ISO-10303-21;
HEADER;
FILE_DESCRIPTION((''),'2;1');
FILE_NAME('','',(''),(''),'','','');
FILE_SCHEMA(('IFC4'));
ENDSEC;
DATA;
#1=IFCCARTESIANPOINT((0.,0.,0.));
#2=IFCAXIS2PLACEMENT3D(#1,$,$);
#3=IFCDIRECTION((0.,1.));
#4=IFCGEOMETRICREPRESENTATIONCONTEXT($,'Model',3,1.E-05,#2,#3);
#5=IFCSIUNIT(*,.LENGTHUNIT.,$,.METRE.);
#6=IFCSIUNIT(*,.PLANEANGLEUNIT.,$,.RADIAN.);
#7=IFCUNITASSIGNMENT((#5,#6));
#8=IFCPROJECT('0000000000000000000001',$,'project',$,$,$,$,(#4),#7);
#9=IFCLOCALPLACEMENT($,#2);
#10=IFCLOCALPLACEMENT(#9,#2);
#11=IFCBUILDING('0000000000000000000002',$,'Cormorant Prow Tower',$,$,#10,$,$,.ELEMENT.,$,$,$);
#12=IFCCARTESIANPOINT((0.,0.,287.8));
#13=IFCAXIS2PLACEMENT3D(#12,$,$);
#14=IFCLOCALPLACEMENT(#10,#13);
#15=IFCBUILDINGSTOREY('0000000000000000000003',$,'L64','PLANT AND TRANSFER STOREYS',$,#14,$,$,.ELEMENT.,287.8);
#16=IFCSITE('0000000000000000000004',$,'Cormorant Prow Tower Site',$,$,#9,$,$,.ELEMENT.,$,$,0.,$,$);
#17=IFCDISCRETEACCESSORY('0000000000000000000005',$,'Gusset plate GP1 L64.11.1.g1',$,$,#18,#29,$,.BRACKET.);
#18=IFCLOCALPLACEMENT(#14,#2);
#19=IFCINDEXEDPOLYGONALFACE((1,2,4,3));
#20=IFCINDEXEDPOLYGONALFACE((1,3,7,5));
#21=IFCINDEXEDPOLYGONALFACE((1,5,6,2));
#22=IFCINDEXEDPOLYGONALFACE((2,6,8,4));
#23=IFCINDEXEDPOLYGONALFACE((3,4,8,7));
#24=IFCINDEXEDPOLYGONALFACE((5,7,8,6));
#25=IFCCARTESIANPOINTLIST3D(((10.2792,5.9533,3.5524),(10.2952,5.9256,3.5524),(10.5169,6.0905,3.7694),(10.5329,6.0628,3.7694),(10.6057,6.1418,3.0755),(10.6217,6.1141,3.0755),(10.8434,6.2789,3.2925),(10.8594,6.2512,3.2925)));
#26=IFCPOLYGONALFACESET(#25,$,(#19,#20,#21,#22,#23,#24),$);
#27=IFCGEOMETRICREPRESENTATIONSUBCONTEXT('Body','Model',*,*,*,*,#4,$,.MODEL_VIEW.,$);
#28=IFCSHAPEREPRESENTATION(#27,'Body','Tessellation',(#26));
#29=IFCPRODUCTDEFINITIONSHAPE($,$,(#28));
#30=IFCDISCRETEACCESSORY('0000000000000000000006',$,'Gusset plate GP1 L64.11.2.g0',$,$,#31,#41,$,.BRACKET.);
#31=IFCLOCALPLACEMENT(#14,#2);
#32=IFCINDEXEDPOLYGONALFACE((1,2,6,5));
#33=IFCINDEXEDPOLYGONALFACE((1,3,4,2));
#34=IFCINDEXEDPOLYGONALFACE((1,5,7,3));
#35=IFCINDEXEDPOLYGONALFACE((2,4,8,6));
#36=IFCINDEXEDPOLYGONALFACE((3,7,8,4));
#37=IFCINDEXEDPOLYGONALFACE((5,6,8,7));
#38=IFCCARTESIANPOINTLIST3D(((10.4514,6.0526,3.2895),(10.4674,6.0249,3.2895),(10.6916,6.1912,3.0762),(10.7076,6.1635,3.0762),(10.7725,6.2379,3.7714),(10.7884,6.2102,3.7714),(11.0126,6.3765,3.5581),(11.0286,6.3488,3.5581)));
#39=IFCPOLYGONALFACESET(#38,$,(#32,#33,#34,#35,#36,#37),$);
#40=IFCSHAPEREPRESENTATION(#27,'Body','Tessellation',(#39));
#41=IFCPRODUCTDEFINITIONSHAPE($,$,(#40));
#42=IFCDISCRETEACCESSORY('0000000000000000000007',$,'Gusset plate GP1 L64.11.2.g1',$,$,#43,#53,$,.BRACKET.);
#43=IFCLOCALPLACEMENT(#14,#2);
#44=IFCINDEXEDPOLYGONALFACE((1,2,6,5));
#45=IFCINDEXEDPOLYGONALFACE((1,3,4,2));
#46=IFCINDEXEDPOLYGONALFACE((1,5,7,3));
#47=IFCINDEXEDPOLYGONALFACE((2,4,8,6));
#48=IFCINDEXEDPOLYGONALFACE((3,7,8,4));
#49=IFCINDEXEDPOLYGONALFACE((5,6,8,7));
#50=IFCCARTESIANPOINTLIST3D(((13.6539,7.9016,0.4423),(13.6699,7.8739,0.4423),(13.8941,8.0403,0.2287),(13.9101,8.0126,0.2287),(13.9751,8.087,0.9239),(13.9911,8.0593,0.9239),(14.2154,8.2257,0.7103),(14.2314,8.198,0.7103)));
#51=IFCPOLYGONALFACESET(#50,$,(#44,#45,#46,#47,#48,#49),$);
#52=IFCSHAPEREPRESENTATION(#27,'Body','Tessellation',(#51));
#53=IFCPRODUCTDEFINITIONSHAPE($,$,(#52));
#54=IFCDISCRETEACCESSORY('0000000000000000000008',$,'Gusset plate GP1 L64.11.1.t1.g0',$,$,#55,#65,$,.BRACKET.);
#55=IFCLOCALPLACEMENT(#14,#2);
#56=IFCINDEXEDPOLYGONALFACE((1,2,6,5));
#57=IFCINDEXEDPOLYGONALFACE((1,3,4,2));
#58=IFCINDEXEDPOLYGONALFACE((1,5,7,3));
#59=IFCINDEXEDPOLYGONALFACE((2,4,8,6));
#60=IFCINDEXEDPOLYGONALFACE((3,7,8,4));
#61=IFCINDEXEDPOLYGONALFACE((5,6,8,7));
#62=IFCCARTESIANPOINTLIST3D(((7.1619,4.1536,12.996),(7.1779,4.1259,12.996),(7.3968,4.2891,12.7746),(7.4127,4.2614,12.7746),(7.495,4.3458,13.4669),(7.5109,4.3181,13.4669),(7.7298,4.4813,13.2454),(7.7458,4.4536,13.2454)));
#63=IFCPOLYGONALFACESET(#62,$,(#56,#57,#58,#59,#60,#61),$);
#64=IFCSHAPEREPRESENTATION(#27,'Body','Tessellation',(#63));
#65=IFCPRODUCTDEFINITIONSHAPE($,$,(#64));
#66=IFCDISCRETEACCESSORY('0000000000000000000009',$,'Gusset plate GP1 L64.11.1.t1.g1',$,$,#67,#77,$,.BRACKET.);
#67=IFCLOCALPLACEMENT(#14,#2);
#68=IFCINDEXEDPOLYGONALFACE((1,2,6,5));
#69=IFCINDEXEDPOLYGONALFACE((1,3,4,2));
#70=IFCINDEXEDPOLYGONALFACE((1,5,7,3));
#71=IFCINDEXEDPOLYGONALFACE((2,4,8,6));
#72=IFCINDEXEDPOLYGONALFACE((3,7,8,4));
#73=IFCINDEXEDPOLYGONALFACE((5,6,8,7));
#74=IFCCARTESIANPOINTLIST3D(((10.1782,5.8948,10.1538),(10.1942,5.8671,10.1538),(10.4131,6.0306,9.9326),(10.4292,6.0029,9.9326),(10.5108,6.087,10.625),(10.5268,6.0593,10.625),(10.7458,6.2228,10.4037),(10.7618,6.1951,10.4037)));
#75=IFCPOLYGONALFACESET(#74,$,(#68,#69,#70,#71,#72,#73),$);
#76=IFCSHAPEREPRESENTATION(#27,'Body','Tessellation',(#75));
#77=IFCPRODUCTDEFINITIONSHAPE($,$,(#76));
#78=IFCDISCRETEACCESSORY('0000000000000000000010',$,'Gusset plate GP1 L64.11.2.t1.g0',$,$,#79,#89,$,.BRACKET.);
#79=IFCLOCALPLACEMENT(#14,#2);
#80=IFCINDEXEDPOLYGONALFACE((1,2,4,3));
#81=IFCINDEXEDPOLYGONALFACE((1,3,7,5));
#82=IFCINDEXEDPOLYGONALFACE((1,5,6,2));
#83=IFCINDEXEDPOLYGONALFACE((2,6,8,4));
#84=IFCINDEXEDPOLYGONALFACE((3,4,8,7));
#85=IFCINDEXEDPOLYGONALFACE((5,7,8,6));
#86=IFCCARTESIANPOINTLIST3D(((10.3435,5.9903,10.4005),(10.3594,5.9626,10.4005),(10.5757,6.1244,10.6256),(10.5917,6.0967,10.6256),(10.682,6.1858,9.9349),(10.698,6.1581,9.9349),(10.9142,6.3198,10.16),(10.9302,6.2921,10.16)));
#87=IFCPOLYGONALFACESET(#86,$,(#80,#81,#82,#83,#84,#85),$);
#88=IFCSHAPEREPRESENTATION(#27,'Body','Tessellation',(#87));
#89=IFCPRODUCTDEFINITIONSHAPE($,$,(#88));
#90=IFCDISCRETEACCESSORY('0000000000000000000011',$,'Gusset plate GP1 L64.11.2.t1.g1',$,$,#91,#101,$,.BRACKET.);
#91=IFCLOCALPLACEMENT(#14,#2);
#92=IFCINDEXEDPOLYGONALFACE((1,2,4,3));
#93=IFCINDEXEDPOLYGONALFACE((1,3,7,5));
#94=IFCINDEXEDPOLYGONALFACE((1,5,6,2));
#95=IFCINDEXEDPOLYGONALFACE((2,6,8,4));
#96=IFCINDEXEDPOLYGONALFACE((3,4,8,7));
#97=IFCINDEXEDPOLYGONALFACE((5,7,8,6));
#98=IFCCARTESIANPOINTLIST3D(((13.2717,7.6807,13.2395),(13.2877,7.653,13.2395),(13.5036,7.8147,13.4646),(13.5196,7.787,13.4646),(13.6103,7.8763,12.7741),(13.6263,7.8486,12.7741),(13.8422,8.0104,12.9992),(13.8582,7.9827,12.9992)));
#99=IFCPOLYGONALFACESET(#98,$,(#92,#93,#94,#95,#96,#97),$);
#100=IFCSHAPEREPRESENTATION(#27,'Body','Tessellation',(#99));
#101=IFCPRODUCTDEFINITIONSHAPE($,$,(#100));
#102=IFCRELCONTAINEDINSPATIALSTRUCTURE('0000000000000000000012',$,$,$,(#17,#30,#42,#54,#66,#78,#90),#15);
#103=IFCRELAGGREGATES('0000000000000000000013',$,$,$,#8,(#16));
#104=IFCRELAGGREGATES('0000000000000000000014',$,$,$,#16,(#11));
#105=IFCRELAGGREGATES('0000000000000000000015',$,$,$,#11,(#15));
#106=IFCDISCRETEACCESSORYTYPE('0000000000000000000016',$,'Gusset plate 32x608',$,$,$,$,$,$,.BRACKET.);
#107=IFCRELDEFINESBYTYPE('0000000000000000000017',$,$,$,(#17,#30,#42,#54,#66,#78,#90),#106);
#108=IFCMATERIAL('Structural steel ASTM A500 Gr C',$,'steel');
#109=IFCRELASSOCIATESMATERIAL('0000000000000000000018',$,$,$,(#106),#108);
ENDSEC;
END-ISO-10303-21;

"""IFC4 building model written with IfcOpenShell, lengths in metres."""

from ifc_helpers import new_model, si_unit, direction, frame, origin, origin_2d, place, context, subcontext, project, spatial, rectangle, extrude, material, material_profile, profile_set, type_object, element, save


model = new_model("IFC4")

# Units and contexts
model_context = context("Model", 3, precision=1e-05, world=origin(), true_north=direction((0.0, 1.0)))
body_context = subcontext(model_context, "Body", "Model", "MODEL_VIEW")
ifc_project = project(units=[si_unit("LENGTHUNIT", "METRE"), si_unit("PLANEANGLEUNIT", "RADIAN")], contexts=[model_context])

# Site, building, storey
site_placement = place(None, origin())
site = spatial("IfcSite", under=ifc_project, at=site_placement, Name="Cormorant Prow Tower Site", CompositionType="ELEMENT", RefElevation=0.0)
building_placement = place(site_placement, origin())
building = spatial("IfcBuilding", under=site, at=building_placement, Name="Cormorant Prow Tower", CompositionType="ELEMENT")
storey_placement = place(building_placement, frame((0.0, 0.0, 287.8)))
storey = spatial("IfcBuildingStorey", under=building, at=storey_placement, Name="L64", Description="PLANT AND TRANSFER STOREYS", CompositionType="ELEMENT", Elevation=287.8)

# Discrete accessories
ifc_material_1 = material(Name="Structural steel ASTM A500 Gr C", Category="steel")
ifc_material_profile_1 = material_profile(ifc_material_1, rectangle(XDim=0.032, YDim=0.6079, at=origin_2d()), Name="Gusset plate 32x608")
ifc_profile_set_1 = profile_set([ifc_material_profile_1], Name="Structural steel ASTM A500 Gr C")
discrete_accessory_type_1 = type_object("IfcDiscreteAccessoryType", Name="Gusset plate 32x608", PredefinedType="BRACKET", material=ifc_profile_set_1)
for number, where, z_axis, x_axis, name in (
    (1, (10.4504, 6.0337, 3.314), (0.679469, 0.392055, 0.620173), (-0.499774, 0.866156, 0.0), "Gusset plate GP1 L64.11.1.g1"),
    (2, (10.8601, 6.27, 3.3171), (-0.68646, -0.396249, 0.609721), (0.499926, -0.866068, 0.0), "Gusset plate GP1 L64.11.2.g0"),
):
    element("IfcDiscreteAccessory", number, at=place(storey_placement, frame(where, z_axis=z_axis, x_axis=x_axis)), inside=storey, type_object=discrete_accessory_type_1, Name=name, PredefinedType="BRACKET", context=body_context, shape_type="SweptSolid", body=[
        extrude(rectangle(XDim=0.032, YDim=0.6079, at=origin_2d()), origin(), (0.0, 0.0, 1.0), 0.3499),
    ])
for number, where, z_axis, x_axis, name in (
    (3, (13.8225, 7.9805, 0.6831), (0.686168, 0.39608, -0.610159), (-0.499926, 0.866068, 0.0), "Gusset plate GP1 L64.11.2.g1"),
    (4, (7.5713, 4.3713, 13.01), (-0.67089, -0.387052, 0.632533), (0.499722, -0.866186, 0.0), "Gusset plate GP1 L64.11.1.t1.g0"),
    (5, (10.3525, 5.9771, 10.3894), (0.671004, 0.387815, -0.631944), (-0.500398, 0.865796, 0.0), "Gusset plate GP1 L64.11.1.t1.g1"),
    (6, (10.7529, 6.2083, 10.3928), (-0.663256, -0.382889, -0.64303), (0.499959, -0.866049, 0.0), "Gusset plate GP1 L64.11.2.t1.g0"),
):
    element("IfcDiscreteAccessory", number, at=place(storey_placement, frame(where, z_axis=z_axis, x_axis=x_axis)), inside=storey, type_object=discrete_accessory_type_1, Name=name, PredefinedType="BRACKET", context=body_context, shape_type="SweptSolid", body=[
        extrude(rectangle(XDim=0.032, YDim=0.6079, at=origin_2d()), origin(), (0.0, 0.0, 1.0), 0.3501),
    ])
discrete_accessory_1_placement = place(storey_placement, frame((13.449, 7.7646, 13.0068), z_axis=(0.662865, 0.383066, 0.643328), x_axis=(-0.500354, 0.865821, 0.0)))
element("IfcDiscreteAccessory", 7, at=discrete_accessory_1_placement, inside=storey, type_object=discrete_accessory_type_1, Name="Gusset plate GP1 L64.11.2.t1.g1", PredefinedType="BRACKET", context=body_context, shape_type="SweptSolid", body=[
    extrude(rectangle(XDim=0.032, YDim=0.6079, at=origin_2d()), origin(), (0.0, 0.0, 1.0), 0.3499),
])

save(model, "model.ifc")
